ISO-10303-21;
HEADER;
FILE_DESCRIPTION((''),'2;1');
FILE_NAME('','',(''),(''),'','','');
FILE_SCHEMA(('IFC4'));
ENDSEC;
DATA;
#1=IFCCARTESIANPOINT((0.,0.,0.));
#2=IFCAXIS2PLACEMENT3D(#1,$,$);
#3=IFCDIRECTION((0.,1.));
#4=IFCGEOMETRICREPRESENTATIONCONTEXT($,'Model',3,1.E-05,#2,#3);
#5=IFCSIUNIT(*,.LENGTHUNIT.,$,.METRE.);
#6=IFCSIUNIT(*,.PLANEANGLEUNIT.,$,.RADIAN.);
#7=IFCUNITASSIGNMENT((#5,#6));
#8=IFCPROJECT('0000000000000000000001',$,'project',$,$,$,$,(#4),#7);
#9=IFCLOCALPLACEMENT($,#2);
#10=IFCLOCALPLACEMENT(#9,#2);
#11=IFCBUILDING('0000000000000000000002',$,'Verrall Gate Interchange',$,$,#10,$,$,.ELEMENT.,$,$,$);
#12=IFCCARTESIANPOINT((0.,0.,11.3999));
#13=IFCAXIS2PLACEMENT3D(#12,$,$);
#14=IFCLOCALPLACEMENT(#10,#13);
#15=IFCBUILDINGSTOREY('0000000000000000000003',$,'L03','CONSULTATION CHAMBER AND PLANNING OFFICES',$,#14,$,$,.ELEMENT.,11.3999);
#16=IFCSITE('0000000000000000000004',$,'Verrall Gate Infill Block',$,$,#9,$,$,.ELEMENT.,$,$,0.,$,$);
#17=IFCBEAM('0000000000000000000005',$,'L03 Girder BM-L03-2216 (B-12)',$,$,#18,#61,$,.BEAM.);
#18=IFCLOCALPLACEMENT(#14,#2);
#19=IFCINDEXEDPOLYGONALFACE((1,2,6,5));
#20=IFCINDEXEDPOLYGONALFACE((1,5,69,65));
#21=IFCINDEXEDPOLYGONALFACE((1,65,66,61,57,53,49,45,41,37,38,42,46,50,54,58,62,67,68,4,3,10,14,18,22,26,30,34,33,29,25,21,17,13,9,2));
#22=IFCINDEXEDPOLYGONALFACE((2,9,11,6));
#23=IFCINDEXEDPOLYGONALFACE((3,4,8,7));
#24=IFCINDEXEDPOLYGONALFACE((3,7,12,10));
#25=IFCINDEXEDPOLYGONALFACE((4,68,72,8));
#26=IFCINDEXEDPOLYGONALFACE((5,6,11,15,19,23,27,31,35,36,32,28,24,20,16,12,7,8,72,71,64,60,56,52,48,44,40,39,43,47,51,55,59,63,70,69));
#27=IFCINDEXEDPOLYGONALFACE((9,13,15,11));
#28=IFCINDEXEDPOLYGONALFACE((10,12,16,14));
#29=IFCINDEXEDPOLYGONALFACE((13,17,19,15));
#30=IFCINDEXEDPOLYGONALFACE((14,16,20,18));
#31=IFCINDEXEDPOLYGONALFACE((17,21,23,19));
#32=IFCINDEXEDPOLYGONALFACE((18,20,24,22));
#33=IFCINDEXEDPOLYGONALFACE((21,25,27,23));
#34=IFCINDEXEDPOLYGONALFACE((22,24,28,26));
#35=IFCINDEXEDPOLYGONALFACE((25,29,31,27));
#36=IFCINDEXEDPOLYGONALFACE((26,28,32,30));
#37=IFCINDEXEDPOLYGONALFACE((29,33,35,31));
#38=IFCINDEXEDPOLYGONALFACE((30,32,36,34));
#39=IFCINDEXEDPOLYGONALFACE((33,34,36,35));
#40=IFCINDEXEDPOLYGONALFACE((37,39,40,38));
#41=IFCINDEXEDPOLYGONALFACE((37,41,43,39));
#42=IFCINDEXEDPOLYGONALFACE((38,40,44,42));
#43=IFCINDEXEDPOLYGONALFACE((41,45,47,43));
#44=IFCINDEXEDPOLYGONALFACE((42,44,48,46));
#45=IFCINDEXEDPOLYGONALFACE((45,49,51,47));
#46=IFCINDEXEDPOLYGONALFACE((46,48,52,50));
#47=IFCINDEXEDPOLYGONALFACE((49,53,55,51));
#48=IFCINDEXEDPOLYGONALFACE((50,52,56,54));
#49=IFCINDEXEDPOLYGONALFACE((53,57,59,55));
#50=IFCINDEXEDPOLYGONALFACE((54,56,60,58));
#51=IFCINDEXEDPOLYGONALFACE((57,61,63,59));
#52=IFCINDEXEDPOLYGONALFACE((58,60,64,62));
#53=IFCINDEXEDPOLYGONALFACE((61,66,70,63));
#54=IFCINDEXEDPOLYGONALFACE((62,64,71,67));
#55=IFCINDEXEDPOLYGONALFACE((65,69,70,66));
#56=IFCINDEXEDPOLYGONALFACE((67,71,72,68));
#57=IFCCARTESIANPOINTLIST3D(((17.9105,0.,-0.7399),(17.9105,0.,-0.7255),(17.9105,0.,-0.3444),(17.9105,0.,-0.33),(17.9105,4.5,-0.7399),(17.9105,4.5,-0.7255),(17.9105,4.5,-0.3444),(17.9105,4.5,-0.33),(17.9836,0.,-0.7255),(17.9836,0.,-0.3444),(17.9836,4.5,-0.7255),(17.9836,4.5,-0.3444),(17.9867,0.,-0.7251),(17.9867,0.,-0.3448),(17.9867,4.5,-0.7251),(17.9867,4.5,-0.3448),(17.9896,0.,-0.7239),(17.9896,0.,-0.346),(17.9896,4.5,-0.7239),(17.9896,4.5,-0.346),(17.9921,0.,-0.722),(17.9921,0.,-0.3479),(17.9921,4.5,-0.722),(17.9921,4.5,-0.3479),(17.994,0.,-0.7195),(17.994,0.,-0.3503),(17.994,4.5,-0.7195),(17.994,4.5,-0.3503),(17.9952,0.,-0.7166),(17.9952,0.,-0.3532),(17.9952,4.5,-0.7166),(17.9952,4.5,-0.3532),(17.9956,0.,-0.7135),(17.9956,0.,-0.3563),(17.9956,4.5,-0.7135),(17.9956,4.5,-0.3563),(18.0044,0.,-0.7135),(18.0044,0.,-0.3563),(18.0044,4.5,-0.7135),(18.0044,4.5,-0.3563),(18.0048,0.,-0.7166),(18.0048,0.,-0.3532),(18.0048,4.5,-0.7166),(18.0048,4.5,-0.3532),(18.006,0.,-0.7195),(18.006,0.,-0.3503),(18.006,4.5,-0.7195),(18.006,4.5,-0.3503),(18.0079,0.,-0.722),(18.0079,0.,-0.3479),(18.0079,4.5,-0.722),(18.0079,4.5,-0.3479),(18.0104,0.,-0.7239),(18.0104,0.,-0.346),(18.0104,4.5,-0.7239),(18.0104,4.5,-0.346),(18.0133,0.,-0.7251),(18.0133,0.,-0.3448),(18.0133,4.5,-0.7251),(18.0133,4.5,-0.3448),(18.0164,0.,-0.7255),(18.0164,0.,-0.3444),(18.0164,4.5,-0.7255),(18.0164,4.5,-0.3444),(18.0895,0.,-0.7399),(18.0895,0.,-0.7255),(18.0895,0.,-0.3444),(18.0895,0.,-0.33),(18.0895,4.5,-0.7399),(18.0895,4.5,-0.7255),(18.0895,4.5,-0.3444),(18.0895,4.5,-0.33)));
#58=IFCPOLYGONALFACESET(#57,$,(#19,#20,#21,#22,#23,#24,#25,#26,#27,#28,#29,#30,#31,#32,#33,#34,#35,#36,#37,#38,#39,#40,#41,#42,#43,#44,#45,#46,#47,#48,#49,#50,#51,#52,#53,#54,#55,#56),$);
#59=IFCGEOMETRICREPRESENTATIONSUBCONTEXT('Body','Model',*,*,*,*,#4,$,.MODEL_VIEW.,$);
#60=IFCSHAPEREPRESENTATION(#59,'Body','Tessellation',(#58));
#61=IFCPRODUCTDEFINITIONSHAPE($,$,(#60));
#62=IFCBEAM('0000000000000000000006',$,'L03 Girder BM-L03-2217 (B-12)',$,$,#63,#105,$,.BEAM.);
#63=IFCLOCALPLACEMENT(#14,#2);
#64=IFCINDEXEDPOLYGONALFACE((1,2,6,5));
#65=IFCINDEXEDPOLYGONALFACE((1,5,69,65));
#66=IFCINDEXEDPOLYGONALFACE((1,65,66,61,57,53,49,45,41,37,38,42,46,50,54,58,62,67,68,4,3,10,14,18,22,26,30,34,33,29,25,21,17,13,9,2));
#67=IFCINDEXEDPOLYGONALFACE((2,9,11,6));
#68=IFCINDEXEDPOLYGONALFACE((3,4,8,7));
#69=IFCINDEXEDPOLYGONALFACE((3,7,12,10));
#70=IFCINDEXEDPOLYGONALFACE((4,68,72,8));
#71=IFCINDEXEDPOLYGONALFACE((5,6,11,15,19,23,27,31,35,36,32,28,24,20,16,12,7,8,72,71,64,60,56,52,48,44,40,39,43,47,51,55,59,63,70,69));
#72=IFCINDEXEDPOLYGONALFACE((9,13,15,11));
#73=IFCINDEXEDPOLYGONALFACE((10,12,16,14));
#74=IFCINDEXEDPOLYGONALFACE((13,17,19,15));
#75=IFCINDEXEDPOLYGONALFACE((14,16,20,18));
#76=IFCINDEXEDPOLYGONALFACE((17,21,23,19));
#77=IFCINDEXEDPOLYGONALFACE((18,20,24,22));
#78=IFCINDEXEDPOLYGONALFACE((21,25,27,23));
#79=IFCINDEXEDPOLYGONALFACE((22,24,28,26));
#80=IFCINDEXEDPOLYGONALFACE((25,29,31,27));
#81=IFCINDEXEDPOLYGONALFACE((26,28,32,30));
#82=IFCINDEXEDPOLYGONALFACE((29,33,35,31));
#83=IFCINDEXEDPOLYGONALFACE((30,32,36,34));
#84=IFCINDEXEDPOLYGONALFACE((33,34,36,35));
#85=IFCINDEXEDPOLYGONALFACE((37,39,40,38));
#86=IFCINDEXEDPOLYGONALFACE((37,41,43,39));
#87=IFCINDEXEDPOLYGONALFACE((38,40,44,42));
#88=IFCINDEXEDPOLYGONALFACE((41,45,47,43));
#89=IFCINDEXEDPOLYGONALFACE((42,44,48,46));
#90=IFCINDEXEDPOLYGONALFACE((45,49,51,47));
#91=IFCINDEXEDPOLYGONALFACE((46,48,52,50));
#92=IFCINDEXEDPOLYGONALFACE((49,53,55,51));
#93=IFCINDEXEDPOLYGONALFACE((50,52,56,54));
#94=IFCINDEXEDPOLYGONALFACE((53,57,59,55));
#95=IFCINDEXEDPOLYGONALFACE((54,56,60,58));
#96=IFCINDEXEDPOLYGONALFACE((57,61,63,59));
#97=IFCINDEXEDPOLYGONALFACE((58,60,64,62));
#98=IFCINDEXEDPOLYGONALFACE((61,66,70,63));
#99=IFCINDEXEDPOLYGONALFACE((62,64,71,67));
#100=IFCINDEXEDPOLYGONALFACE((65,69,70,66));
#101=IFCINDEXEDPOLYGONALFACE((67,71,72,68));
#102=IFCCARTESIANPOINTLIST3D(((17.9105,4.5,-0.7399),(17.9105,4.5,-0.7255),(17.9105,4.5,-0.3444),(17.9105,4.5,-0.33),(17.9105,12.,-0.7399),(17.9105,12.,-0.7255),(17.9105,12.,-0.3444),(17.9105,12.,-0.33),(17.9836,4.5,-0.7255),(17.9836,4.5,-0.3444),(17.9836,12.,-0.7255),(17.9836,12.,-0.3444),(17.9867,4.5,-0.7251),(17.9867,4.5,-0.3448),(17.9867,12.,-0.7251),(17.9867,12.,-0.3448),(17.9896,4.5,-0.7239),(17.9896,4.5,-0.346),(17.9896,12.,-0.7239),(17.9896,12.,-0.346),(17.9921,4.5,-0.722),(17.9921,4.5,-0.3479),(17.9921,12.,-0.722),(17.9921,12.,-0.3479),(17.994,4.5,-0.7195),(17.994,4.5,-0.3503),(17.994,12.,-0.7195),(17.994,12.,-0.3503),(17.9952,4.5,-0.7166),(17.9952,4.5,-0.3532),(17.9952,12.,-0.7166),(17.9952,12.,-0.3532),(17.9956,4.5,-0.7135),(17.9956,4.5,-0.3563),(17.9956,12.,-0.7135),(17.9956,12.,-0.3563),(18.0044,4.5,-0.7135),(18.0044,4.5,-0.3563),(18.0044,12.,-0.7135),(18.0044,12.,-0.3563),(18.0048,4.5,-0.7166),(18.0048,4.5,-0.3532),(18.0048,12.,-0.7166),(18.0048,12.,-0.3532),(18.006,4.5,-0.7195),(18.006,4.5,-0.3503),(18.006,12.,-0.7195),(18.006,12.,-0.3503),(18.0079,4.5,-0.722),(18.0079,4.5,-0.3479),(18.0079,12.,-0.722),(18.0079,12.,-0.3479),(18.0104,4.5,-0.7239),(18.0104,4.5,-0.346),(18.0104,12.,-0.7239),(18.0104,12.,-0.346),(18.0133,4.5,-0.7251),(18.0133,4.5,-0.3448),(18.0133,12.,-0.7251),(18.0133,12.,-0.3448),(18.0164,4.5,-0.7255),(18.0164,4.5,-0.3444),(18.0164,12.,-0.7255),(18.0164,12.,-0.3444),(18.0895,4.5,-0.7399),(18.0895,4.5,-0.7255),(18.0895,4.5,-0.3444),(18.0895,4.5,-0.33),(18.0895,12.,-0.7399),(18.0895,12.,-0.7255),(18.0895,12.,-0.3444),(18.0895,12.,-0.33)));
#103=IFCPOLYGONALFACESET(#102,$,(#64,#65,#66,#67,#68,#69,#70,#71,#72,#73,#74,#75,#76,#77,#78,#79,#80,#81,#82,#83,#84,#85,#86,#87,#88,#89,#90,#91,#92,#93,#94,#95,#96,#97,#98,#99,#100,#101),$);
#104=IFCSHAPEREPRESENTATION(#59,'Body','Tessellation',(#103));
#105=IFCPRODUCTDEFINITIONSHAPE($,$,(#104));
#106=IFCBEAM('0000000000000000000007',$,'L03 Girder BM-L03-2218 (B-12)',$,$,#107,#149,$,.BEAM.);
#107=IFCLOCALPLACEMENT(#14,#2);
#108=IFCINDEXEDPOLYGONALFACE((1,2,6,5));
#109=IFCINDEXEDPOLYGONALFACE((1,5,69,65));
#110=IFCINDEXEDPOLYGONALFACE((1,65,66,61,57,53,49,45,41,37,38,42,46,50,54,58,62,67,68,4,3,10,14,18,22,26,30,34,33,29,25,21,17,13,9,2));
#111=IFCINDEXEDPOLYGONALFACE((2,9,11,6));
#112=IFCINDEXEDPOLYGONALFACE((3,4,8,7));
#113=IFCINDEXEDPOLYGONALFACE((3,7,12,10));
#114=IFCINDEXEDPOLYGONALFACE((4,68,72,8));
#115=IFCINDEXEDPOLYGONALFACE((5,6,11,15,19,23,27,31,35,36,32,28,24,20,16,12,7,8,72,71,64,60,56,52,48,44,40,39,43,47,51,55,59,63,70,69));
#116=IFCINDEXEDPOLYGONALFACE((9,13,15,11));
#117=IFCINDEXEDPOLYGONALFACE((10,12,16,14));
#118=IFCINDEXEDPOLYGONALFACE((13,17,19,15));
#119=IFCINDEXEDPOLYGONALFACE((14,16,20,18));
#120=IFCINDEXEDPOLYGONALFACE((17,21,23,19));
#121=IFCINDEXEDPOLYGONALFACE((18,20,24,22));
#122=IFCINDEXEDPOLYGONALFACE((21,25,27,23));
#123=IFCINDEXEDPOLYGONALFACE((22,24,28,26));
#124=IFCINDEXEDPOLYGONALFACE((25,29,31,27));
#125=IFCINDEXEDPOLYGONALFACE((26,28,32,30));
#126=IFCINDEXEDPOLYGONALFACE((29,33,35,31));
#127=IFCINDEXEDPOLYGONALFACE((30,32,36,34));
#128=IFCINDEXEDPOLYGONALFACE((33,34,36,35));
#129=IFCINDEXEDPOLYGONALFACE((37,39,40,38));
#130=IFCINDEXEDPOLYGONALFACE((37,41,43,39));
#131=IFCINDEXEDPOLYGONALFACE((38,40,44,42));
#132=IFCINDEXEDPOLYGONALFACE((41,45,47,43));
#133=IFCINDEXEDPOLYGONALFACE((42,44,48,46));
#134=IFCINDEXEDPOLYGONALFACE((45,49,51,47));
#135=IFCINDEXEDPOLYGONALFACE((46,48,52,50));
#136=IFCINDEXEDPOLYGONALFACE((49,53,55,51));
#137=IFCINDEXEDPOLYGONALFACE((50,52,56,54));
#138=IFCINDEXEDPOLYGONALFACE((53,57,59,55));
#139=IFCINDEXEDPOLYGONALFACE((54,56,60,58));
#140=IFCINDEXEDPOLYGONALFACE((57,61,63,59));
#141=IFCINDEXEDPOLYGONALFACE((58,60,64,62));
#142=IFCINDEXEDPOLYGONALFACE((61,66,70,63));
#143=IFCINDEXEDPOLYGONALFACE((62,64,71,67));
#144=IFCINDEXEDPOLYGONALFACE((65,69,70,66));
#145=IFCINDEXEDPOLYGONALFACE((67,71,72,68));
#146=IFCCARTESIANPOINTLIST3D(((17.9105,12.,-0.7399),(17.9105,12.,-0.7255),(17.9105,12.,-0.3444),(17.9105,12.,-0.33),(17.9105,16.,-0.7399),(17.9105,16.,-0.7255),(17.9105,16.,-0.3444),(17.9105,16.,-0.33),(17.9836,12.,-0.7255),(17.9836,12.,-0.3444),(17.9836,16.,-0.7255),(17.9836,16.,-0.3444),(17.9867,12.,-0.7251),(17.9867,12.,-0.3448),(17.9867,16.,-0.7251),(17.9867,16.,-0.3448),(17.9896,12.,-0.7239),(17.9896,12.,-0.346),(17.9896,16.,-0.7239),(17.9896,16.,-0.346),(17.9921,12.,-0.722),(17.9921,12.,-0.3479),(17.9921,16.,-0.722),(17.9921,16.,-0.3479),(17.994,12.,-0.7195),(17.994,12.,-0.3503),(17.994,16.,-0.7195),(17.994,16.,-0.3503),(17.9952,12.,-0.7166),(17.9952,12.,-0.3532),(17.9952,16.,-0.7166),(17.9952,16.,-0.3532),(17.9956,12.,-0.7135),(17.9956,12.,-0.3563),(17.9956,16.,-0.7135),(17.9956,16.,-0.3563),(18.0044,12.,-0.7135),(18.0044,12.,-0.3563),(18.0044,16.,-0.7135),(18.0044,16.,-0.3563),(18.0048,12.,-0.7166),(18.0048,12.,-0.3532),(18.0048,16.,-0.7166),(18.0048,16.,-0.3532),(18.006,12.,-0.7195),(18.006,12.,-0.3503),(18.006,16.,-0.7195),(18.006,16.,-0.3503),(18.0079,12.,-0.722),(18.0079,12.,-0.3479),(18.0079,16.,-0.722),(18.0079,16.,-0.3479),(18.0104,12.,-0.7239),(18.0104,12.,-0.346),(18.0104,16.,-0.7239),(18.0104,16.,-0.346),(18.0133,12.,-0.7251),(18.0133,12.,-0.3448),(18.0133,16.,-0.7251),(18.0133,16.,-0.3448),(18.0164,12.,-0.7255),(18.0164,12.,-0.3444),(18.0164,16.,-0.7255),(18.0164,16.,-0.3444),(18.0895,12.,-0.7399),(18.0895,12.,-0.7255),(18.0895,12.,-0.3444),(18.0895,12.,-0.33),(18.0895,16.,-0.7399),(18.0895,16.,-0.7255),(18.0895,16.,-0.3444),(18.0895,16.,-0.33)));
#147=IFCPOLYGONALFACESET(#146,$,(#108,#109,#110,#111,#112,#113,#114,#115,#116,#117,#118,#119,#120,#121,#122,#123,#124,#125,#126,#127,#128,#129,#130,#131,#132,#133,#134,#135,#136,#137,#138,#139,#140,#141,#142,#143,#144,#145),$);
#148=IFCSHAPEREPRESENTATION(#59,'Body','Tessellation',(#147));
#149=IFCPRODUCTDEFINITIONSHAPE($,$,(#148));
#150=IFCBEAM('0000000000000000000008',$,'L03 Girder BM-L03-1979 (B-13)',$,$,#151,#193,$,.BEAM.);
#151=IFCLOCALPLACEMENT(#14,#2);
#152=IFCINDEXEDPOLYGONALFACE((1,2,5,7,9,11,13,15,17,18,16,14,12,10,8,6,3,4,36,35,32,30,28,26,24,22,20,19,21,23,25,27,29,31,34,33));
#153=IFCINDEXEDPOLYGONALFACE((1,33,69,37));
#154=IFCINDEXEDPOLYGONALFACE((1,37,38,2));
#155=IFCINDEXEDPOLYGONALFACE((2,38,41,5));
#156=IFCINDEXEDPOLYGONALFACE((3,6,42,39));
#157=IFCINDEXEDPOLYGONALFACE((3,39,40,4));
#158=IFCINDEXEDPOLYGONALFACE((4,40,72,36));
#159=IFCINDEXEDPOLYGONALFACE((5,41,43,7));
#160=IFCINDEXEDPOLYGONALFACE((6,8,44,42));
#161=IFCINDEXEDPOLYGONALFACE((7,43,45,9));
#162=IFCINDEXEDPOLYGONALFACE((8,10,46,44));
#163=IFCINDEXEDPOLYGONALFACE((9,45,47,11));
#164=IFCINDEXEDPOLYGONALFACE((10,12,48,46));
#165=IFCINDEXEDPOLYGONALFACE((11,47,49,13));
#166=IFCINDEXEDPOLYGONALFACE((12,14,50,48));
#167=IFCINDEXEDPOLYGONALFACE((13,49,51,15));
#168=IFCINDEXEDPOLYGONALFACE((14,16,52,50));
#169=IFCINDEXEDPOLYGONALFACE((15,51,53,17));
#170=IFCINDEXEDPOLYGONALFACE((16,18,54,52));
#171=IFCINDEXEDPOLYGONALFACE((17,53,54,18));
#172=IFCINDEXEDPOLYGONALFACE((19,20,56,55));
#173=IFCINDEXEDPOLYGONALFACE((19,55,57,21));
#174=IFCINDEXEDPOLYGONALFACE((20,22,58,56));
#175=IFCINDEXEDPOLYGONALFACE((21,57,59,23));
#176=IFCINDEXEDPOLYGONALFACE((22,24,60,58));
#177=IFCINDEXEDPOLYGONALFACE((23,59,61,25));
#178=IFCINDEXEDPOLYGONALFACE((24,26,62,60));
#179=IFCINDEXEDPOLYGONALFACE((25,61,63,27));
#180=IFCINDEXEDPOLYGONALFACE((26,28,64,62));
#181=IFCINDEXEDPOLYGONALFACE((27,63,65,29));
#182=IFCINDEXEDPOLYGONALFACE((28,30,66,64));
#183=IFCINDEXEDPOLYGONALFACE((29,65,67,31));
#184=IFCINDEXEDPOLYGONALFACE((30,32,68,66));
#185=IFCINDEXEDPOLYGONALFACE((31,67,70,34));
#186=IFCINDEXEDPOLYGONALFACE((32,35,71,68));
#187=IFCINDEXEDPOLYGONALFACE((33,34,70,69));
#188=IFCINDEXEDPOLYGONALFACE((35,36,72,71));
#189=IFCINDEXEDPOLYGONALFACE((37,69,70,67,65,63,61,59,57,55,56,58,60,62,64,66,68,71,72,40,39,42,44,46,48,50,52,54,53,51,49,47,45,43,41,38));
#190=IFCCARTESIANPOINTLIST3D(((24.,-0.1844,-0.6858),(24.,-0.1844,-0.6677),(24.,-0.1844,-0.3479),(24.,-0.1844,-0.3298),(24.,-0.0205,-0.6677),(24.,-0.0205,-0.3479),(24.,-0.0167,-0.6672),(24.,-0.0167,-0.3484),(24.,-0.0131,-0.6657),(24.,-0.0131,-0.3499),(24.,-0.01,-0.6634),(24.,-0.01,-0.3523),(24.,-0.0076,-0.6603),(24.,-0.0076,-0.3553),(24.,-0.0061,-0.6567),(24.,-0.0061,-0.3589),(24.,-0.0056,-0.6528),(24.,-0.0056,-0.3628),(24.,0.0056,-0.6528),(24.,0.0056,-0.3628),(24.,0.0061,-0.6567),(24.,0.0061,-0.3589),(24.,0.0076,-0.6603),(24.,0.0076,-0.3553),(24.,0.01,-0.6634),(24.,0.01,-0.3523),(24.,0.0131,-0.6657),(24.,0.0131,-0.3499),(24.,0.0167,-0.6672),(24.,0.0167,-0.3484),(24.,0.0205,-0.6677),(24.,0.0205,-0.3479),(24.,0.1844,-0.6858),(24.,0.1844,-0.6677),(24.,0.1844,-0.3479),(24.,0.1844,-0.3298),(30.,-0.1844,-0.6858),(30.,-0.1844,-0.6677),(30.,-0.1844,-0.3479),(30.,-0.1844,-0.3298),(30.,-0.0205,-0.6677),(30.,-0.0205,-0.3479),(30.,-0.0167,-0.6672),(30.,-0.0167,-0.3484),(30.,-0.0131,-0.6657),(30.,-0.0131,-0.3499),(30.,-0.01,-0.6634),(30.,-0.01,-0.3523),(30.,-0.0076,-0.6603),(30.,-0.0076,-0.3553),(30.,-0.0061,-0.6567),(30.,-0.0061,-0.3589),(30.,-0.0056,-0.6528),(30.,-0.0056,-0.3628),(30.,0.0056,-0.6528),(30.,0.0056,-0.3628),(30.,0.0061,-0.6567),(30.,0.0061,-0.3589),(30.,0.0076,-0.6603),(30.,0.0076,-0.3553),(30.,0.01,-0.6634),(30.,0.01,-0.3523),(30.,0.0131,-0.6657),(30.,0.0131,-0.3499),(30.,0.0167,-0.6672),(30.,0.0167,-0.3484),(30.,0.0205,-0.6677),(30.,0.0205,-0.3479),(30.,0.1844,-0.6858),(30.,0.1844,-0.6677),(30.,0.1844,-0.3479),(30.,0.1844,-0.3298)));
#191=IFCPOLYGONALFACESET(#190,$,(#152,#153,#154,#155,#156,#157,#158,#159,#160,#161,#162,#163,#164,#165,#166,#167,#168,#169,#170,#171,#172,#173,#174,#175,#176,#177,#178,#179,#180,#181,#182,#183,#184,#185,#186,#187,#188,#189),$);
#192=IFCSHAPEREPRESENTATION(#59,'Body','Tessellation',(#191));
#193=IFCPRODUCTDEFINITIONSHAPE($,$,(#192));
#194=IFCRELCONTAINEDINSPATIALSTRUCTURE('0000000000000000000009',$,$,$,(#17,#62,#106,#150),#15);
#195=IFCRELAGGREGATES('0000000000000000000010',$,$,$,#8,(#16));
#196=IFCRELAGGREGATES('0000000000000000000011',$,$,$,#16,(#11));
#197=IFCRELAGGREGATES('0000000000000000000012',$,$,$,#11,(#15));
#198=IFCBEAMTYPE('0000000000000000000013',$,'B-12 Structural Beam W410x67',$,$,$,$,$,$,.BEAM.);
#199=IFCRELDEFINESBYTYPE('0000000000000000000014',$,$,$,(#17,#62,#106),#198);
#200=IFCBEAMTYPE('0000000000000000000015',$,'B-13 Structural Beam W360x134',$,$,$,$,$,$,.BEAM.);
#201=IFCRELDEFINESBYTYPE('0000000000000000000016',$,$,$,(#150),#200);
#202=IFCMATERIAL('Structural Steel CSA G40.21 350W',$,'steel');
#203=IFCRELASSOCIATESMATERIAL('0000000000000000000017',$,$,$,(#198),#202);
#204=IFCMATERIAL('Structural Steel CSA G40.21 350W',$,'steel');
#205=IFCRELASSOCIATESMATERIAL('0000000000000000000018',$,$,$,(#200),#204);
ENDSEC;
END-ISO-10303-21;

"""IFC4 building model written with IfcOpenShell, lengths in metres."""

from ifc_helpers import new_model, si_unit, direction, frame, origin, origin_2d, place, context, subcontext, project, spatial, i_section, extrude, material, material_profile, profile_set, type_object, element, save


model = new_model("IFC4")

# Units and contexts
model_context = context("Model", 3, precision=1e-05, world=origin(), true_north=direction((0.0, 1.0)))
body_context = subcontext(model_context, "Body", "Model", "MODEL_VIEW")
ifc_project = project(units=[si_unit("LENGTHUNIT", "METRE"), si_unit("PLANEANGLEUNIT", "RADIAN")], contexts=[model_context])

# Site, building, storey
site_placement = place(None, origin())
site = spatial("IfcSite", under=ifc_project, at=site_placement, Name="Verrall Gate Infill Block", CompositionType="ELEMENT", RefElevation=0.0)
building_placement = place(site_placement, origin())
building = spatial("IfcBuilding", under=site, at=building_placement, Name="Verrall Gate Interchange", CompositionType="ELEMENT")
storey_placement = place(building_placement, frame((0.0, 0.0, 11.3999)))
storey = spatial("IfcBuildingStorey", under=building, at=storey_placement, Name="L03", Description="CONSULTATION CHAMBER AND PLANNING OFFICES", CompositionType="ELEMENT", Elevation=11.3999)

# Beams
ifc_material_1 = material(Name="Structural Steel CSA G40.21 350W", Category="steel")
ifc_material_profile_1 = material_profile(ifc_material_1, i_section(OverallWidth=0.179, OverallDepth=0.4099, WebThickness=0.0088, FlangeThickness=0.0144, FilletRadius=0.012, at=origin_2d()), Name="W410x67")
ifc_profile_set_1 = profile_set([ifc_material_profile_1], Name="Structural Steel CSA G40.21 350W")
beam_type_1 = type_object("IfcBeamType", Name="B-12 Structural Beam W410x67", PredefinedType="BEAM", material=ifc_profile_set_1)
beam_1_placement = place(storey_placement, frame((18.0, 0.0, -0.5349), z_axis=(0.0, 1.0, 0.0), x_axis=(-1.0, 0.0, 0.0)))
element("IfcBeam", 1, at=beam_1_placement, inside=storey, type_object=beam_type_1, Name="L03 Girder BM-L03-2216 (B-12)", PredefinedType="BEAM", context=body_context, shape_type="SweptSolid", body=[
    extrude(i_section(OverallWidth=0.179, OverallDepth=0.4099, WebThickness=0.0088, FlangeThickness=0.0144, FilletRadius=0.012, at=origin_2d()), origin(), (0.0, 0.0, 1.0), 4.5),
])
beam_2_placement = place(storey_placement, frame((18.0, 4.5, -0.5349), z_axis=(0.0, 1.0, 0.0), x_axis=(-1.0, 0.0, 0.0)))
element("IfcBeam", 2, at=beam_2_placement, inside=storey, type_object=beam_type_1, Name="L03 Girder BM-L03-2217 (B-12)", PredefinedType="BEAM", context=body_context, shape_type="SweptSolid", body=[
    extrude(i_section(OverallWidth=0.179, OverallDepth=0.4099, WebThickness=0.0088, FlangeThickness=0.0144, FilletRadius=0.012, at=origin_2d()), origin(), (0.0, 0.0, 1.0), 7.5),
])
beam_3_placement = place(storey_placement, frame((18.0, 12.0, -0.5349), z_axis=(0.0, 1.0, 0.0), x_axis=(-1.0, 0.0, 0.0)))
element("IfcBeam", 3, at=beam_3_placement, inside=storey, type_object=beam_type_1, Name="L03 Girder BM-L03-2218 (B-12)", PredefinedType="BEAM", context=body_context, shape_type="SweptSolid", body=[
    extrude(i_section(OverallWidth=0.179, OverallDepth=0.4099, WebThickness=0.0088, FlangeThickness=0.0144, FilletRadius=0.012, at=origin_2d()), origin(), (0.0, 0.0, 1.0), 4.0),
])
ifc_material_2 = material(Name="Structural Steel CSA G40.21 350W", Category="steel")
ifc_material_profile_2 = material_profile(ifc_material_2, i_section(OverallWidth=0.3689, OverallDepth=0.356, WebThickness=0.0112, FlangeThickness=0.0181, FilletRadius=0.0149, at=origin_2d()), Name="W360x134")
ifc_profile_set_2 = profile_set([ifc_material_profile_2], Name="Structural Steel CSA G40.21 350W")
beam_type_2 = type_object("IfcBeamType", Name="B-13 Structural Beam W360x134", PredefinedType="BEAM", material=ifc_profile_set_2)
beam_4_placement = place(storey_placement, frame((24.0, 0.0, -0.5078), z_axis=(1.0, 0.0, 0.0), x_axis=(0.0, 1.0, 0.0)))
element("IfcBeam", 4, at=beam_4_placement, inside=storey, type_object=beam_type_2, Name="L03 Girder BM-L03-1979 (B-13)", PredefinedType="BEAM", context=body_context, shape_type="SweptSolid", body=[
    extrude(i_section(OverallWidth=0.3689, OverallDepth=0.356, WebThickness=0.0112, FlangeThickness=0.0181, FilletRadius=0.0149, at=origin_2d()), origin(), (0.0, 0.0, 1.0), 6.0),
])

save(model, "model.ifc")
